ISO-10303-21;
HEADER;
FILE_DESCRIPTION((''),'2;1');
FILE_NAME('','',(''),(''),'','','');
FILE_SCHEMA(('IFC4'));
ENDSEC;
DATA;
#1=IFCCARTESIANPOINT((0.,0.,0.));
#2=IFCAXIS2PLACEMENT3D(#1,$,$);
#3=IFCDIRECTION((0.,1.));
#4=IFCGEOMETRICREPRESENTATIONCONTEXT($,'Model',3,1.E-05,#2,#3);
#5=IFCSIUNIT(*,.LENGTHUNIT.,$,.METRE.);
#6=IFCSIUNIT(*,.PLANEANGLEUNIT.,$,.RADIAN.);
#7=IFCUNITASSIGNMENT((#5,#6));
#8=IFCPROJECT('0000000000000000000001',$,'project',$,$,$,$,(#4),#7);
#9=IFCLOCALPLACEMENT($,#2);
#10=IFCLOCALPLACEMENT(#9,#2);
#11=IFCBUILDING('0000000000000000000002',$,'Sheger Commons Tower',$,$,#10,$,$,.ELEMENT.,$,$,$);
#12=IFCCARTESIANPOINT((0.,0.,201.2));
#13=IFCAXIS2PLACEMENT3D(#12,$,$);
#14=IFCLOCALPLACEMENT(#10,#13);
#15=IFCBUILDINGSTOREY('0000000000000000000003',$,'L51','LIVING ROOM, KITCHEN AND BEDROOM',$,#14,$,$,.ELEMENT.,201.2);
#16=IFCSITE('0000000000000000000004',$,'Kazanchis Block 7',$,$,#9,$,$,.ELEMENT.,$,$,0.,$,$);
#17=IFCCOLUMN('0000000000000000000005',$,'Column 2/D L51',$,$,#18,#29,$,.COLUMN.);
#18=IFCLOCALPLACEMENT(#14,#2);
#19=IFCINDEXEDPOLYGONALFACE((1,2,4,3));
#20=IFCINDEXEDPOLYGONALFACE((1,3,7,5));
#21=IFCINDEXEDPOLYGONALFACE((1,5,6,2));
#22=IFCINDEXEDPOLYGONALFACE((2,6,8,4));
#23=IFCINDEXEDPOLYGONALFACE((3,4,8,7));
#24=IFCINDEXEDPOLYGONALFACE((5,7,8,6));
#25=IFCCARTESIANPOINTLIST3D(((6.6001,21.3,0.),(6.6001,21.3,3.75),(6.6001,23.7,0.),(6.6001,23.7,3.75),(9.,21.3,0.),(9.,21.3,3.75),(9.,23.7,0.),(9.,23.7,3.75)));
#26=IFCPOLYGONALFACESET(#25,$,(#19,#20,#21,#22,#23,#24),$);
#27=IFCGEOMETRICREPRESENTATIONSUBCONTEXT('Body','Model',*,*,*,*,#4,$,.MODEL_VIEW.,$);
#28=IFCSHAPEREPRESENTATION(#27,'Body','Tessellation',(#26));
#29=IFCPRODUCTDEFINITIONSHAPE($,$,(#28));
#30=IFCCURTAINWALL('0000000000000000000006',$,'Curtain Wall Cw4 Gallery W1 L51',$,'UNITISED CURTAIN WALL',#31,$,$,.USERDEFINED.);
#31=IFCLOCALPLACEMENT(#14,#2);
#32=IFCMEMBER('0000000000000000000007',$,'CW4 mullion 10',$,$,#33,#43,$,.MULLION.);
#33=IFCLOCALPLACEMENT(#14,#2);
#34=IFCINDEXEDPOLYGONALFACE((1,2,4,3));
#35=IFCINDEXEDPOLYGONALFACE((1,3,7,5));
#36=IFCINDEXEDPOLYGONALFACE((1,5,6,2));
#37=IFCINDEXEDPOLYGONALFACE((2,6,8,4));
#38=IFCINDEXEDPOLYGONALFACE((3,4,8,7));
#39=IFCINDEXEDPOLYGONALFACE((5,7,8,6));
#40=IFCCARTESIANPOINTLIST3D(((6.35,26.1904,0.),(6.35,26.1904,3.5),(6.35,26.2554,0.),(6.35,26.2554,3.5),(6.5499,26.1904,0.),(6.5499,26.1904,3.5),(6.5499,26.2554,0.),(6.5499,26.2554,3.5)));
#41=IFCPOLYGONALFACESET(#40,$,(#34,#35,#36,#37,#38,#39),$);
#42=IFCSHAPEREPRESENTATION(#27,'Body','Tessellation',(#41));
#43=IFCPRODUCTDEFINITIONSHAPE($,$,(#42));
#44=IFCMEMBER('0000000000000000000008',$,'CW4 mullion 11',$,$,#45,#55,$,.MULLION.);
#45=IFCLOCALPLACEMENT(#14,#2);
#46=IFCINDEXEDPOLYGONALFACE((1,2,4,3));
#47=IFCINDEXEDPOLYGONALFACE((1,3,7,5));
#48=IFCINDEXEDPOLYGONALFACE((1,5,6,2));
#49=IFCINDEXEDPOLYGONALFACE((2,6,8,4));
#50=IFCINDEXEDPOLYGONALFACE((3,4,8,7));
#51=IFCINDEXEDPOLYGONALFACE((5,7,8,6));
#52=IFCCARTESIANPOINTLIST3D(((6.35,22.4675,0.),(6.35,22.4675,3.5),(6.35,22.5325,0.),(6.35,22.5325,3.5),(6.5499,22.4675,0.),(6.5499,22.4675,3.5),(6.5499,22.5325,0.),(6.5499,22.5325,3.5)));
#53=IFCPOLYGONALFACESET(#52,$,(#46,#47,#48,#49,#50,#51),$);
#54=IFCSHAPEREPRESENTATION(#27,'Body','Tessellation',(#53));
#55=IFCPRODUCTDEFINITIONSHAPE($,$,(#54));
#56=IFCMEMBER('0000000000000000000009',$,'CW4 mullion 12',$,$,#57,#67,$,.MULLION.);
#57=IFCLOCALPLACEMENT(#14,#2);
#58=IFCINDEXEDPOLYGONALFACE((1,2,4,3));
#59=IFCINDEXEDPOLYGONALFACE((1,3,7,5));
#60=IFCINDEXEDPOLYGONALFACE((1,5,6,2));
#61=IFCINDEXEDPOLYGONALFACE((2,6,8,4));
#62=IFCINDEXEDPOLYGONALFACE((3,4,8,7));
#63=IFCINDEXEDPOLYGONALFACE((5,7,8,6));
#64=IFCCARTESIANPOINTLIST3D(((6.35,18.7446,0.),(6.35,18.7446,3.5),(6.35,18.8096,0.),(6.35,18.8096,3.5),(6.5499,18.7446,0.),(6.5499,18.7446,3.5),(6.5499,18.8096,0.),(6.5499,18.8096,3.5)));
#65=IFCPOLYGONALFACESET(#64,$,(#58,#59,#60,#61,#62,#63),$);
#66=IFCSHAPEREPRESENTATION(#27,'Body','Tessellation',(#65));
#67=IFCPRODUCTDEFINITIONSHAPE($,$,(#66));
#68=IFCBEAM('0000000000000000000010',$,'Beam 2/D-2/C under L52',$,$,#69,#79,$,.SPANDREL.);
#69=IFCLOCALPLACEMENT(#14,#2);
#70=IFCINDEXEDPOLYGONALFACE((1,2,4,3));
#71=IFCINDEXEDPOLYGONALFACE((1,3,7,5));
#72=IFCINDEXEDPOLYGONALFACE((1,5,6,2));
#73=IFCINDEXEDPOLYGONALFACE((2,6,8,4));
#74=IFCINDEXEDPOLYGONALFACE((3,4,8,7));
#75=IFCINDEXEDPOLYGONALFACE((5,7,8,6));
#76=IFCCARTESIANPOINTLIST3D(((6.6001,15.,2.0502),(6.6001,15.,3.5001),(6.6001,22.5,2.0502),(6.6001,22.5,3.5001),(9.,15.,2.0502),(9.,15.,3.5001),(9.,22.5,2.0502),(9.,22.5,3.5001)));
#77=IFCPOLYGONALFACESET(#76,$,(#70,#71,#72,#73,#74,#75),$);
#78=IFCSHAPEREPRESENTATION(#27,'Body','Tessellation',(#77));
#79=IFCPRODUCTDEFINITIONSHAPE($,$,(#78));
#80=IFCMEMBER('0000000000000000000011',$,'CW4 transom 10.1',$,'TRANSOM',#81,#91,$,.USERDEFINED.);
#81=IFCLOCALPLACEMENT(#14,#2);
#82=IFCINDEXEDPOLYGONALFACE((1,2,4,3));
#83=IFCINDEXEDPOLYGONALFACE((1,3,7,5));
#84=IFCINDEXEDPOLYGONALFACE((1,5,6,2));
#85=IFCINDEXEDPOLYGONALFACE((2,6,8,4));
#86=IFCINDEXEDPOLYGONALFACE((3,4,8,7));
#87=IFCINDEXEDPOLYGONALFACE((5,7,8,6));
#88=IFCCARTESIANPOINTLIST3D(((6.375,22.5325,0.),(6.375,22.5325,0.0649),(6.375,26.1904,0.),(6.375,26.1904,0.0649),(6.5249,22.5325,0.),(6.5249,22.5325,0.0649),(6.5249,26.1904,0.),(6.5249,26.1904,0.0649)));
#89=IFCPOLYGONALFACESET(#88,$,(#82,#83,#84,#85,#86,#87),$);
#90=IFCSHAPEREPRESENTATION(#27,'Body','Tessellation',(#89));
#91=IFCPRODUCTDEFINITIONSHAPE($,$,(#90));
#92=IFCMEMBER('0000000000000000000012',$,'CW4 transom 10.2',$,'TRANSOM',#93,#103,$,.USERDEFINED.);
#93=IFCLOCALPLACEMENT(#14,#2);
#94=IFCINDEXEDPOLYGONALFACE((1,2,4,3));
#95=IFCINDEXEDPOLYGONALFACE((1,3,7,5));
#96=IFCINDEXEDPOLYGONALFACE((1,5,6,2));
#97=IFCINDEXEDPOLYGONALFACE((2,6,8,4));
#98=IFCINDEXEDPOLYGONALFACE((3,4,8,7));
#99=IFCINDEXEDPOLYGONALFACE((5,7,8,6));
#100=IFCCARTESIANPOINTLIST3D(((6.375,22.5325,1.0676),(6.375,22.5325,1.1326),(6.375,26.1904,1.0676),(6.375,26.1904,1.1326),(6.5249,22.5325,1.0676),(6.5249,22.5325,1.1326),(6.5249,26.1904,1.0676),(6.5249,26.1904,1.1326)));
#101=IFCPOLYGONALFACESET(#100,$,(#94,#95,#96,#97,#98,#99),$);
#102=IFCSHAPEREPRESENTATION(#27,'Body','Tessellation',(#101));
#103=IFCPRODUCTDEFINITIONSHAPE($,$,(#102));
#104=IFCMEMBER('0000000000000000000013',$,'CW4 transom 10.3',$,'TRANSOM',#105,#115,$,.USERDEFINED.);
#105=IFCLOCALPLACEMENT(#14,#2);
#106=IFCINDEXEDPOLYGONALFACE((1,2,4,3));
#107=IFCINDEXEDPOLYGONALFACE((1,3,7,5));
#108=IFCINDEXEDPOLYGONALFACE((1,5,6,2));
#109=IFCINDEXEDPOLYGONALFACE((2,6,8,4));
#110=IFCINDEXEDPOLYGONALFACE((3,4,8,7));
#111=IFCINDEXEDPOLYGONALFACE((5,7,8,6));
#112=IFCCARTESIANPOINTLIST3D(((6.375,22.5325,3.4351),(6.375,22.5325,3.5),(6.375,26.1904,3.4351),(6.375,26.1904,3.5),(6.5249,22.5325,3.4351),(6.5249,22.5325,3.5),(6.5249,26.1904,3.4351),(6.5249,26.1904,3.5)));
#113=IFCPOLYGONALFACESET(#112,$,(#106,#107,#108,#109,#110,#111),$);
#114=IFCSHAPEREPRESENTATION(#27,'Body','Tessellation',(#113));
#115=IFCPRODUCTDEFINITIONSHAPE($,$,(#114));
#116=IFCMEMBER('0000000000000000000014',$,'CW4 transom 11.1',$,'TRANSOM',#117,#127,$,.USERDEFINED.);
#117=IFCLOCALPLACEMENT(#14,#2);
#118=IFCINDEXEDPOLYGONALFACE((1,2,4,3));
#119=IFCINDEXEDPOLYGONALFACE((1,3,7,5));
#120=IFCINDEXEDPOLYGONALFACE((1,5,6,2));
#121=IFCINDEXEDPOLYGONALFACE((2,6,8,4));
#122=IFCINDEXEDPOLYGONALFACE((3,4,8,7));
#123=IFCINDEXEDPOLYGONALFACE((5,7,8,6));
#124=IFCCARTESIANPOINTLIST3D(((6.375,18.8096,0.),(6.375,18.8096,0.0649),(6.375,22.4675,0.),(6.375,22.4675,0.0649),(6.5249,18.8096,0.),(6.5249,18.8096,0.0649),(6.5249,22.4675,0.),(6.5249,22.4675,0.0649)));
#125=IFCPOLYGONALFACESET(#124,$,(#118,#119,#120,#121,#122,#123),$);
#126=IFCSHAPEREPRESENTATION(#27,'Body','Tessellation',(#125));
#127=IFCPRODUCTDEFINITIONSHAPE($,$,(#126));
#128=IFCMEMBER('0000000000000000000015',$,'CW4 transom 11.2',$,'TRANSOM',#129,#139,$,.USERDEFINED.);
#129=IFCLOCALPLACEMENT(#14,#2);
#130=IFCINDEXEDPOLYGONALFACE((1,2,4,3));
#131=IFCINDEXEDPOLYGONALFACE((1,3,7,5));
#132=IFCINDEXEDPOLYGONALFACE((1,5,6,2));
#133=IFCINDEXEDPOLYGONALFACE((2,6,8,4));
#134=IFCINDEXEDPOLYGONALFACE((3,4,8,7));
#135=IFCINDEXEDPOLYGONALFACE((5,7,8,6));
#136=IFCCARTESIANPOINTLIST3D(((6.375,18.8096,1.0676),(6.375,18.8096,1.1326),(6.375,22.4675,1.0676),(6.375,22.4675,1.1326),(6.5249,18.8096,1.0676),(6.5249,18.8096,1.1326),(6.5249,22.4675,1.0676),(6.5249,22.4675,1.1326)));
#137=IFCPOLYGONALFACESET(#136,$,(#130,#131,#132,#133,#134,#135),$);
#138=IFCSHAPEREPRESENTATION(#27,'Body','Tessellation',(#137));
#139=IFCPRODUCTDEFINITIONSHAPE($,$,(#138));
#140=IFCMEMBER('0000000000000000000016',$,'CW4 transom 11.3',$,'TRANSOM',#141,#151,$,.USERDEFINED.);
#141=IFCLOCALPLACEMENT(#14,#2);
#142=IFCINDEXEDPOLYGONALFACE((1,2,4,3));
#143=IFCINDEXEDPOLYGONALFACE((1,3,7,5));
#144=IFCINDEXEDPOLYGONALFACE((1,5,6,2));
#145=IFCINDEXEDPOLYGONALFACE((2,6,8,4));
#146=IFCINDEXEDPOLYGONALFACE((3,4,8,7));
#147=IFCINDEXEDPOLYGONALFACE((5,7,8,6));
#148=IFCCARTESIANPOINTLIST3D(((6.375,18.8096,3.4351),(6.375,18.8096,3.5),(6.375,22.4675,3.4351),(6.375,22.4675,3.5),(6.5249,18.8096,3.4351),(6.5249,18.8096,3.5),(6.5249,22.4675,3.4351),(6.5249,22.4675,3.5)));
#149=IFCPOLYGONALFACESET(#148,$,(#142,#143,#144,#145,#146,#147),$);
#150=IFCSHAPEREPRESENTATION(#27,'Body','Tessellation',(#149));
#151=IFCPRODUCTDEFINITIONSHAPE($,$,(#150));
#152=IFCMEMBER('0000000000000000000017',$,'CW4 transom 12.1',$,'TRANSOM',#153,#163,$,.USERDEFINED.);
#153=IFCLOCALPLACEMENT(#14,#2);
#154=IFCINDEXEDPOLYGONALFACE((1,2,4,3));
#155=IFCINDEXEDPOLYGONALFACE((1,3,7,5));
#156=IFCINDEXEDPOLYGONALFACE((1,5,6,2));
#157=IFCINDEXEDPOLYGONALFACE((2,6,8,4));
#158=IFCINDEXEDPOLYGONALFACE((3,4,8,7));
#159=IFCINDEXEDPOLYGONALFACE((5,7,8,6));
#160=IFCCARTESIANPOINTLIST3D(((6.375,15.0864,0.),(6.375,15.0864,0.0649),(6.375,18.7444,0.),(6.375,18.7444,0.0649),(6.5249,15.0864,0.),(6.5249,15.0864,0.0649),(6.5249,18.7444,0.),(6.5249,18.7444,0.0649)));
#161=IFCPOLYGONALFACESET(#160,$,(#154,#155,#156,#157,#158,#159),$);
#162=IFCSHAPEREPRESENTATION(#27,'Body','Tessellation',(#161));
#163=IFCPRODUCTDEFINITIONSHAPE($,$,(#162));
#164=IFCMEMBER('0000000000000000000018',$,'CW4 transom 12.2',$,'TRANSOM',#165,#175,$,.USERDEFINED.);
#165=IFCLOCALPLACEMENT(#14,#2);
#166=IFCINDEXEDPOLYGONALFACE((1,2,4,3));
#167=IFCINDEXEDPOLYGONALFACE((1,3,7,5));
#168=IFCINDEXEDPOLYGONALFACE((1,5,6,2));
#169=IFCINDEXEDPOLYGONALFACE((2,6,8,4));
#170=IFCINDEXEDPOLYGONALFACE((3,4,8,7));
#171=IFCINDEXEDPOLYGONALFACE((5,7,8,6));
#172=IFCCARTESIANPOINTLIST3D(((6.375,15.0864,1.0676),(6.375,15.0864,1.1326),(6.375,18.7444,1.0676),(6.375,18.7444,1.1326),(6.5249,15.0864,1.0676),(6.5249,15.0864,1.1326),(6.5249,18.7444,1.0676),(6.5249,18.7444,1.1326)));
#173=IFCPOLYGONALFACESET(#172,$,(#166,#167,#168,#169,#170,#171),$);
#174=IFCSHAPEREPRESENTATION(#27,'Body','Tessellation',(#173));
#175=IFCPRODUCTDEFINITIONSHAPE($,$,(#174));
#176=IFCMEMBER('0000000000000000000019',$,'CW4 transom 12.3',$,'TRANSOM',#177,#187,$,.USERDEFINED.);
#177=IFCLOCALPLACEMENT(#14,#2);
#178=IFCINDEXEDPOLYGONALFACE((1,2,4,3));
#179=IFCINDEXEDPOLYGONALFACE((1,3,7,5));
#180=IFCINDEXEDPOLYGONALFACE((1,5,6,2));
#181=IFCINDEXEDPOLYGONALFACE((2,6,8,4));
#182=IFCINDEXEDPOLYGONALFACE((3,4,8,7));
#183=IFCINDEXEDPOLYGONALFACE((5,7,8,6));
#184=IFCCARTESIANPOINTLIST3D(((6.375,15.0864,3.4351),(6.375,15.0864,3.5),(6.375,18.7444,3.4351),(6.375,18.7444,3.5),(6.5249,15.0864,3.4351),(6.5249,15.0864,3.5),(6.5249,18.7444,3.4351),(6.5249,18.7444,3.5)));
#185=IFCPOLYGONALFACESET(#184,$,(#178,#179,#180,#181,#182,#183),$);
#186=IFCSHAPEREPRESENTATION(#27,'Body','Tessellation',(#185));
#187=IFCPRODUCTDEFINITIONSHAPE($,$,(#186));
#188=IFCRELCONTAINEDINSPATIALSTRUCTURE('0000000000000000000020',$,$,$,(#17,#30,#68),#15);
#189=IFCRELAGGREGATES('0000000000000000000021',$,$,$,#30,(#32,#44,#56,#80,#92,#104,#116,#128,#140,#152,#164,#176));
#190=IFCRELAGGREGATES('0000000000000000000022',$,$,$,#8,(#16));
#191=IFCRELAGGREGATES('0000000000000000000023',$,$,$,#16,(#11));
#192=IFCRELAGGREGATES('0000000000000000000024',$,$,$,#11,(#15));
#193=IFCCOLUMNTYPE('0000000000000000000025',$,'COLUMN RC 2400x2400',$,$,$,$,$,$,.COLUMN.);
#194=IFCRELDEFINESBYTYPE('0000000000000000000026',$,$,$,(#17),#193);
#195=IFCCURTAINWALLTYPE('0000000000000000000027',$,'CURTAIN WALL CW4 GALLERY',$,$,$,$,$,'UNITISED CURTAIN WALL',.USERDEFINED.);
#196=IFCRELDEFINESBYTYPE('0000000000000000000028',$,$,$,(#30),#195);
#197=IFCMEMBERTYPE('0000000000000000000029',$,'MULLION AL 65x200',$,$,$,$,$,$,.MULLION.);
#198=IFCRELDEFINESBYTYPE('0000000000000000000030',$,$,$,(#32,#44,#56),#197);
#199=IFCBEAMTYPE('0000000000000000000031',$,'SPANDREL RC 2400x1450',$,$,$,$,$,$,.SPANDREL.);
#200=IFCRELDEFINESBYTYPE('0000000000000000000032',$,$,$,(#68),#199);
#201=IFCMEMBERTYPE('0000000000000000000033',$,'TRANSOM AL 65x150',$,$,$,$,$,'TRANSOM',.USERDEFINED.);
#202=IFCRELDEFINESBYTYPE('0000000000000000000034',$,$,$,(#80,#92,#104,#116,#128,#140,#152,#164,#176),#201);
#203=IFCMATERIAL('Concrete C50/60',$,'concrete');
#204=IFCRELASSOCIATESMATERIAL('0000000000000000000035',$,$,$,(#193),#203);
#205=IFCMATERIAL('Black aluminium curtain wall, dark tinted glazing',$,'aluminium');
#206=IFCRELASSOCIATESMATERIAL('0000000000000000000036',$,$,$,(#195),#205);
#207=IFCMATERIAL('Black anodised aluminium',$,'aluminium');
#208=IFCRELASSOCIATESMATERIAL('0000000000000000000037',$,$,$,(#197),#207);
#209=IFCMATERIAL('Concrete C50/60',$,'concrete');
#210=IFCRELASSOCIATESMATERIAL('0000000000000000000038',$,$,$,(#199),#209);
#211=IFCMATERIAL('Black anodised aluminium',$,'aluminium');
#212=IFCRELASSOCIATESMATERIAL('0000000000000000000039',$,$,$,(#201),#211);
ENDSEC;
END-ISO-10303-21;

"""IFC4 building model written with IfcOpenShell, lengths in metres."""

from ifc_helpers import new_model, si_unit, direction, frame, origin, origin_2d, place, context, subcontext, project, spatial, rectangle, extrude, material, material_profile, profile_set, type_object, element, aggregate, save


model = new_model("IFC4")

# Units and contexts
model_context = context("Model", 3, precision=1e-05, world=origin(), true_north=direction((0.0, 1.0)))
body_context = subcontext(model_context, "Body", "Model", "MODEL_VIEW")
ifc_project = project(units=[si_unit("LENGTHUNIT", "METRE"), si_unit("PLANEANGLEUNIT", "RADIAN")], contexts=[model_context])

# Site, building, storey
site_placement = place(None, origin())
site = spatial("IfcSite", under=ifc_project, at=site_placement, Name="Kazanchis Block 7", CompositionType="ELEMENT", RefElevation=0.0)
building_placement = place(site_placement, origin())
building = spatial("IfcBuilding", under=site, at=building_placement, Name="Sheger Commons Tower", CompositionType="ELEMENT")
storey_placement = place(building_placement, frame((0.0, 0.0, 201.2)))
storey = spatial("IfcBuildingStorey", under=building, at=storey_placement, Name="L51", Description="LIVING ROOM, KITCHEN AND BEDROOM", CompositionType="ELEMENT", Elevation=201.2)

# Column
ifc_material_1 = material(Name="Concrete C50/60", Category="concrete")
ifc_material_profile_1 = material_profile(ifc_material_1, rectangle(XDim=2.3999, YDim=2.3999, at=origin_2d()), Name="RC 2400x2400")
ifc_profile_set_1 = profile_set([ifc_material_profile_1], Name="Concrete C50/60")
column_type = type_object("IfcColumnType", Name="COLUMN RC 2400x2400", PredefinedType="COLUMN", material=ifc_profile_set_1)
column_placement = place(storey_placement, frame((7.8, 22.5, 0.0), z_axis=(0.0, 0.0, 1.0), x_axis=(1.0, 0.0, 0.0)))
element("IfcColumn", 1, at=column_placement, inside=storey, type_object=column_type, Name="Column 2/D L51", PredefinedType="COLUMN", context=body_context, shape_type="SweptSolid", body=[
    extrude(rectangle(XDim=2.3999, YDim=2.3999, at=origin_2d()), origin(), (0.0, 0.0, 1.0), 3.75),
])

# Curtain wall, members
ifc_material_2 = material(Name="Black aluminium curtain wall, dark tinted glazing", Category="aluminium")
curtain_wall_type = type_object("IfcCurtainWallType", Name="CURTAIN WALL CW4 GALLERY", ElementType="UNITISED CURTAIN WALL", PredefinedType="USERDEFINED", material=ifc_material_2)
curtain_wall_placement = place(storey_placement, origin())
curtain_wall = element("IfcCurtainWall", 2, at=curtain_wall_placement, inside=storey, type_object=curtain_wall_type, Name="Curtain Wall Cw4 Gallery W1 L51", ObjectType="UNITISED CURTAIN WALL", PredefinedType="USERDEFINED")
ifc_material_3 = material(Name="Black anodised aluminium", Category="aluminium")
ifc_material_profile_2 = material_profile(ifc_material_3, rectangle(XDim=0.2, YDim=0.0649, at=origin_2d()), Name="AL 65x200")
ifc_profile_set_2 = profile_set([ifc_material_profile_2], Name="Black anodised aluminium")
member_type_1 = type_object("IfcMemberType", Name="MULLION AL 65x200", PredefinedType="MULLION", material=ifc_profile_set_2)
member_1_placement = place(storey_placement, frame((6.45, 26.2229, 0.0), z_axis=(0.0, 0.0, 1.0), x_axis=(1.0, 0.0, 0.0)))
member_1 = element("IfcMember", 3, at=member_1_placement, type_object=member_type_1, Name="CW4 mullion 10", PredefinedType="MULLION", context=body_context, shape_type="SweptSolid", body=[
    extrude(rectangle(XDim=0.2, YDim=0.0649, at=origin_2d()), origin(), (0.0, 0.0, 1.0), 3.5),
])
member_2_placement = place(storey_placement, frame((6.45, 22.5, 0.0), z_axis=(0.0, 0.0, 1.0), x_axis=(1.0, 0.0, 0.0)))
member_2 = element("IfcMember", 4, at=member_2_placement, type_object=member_type_1, Name="CW4 mullion 11", PredefinedType="MULLION", context=body_context, shape_type="SweptSolid", body=[
    extrude(rectangle(XDim=0.2, YDim=0.0649, at=origin_2d()), origin(), (0.0, 0.0, 1.0), 3.5),
])
member_3_placement = place(storey_placement, frame((6.45, 18.7771, 0.0), z_axis=(0.0, 0.0, 1.0), x_axis=(1.0, 0.0, 0.0)))
member_3 = element("IfcMember", 5, at=member_3_placement, type_object=member_type_1, Name="CW4 mullion 12", PredefinedType="MULLION", context=body_context, shape_type="SweptSolid", body=[
    extrude(rectangle(XDim=0.2, YDim=0.0649, at=origin_2d()), origin(), (0.0, 0.0, 1.0), 3.5),
])

# Beam
ifc_material_4 = material(Name="Concrete C50/60", Category="concrete")
ifc_material_profile_3 = material_profile(ifc_material_4, rectangle(XDim=2.3999, YDim=1.45, at=origin_2d()), Name="RC 2400x1450")
ifc_profile_set_3 = profile_set([ifc_material_profile_3], Name="Concrete C50/60")
beam_type = type_object("IfcBeamType", Name="SPANDREL RC 2400x1450", PredefinedType="SPANDREL", material=ifc_profile_set_3)
beam_placement = place(storey_placement, frame((7.8, 22.5, 2.7751), z_axis=(0.0, -1.0, 0.0), x_axis=(1.0, 0.0, 0.0)))
element("IfcBeam", 6, at=beam_placement, inside=storey, type_object=beam_type, Name="Beam 2/D-2/C under L52", PredefinedType="SPANDREL", context=body_context, shape_type="SweptSolid", body=[
    extrude(rectangle(XDim=2.3999, YDim=1.45, at=origin_2d()), origin(), (0.0, 0.0, 1.0), 7.5),
])

# Members
ifc_material_5 = material(Name="Black anodised aluminium", Category="aluminium")
ifc_material_profile_4 = material_profile(ifc_material_5, rectangle(XDim=0.1499, YDim=0.0649, at=origin_2d()), Name="AL 65x150")
ifc_profile_set_4 = profile_set([ifc_material_profile_4], Name="Black anodised aluminium")
member_type_2 = type_object("IfcMemberType", Name="TRANSOM AL 65x150", ElementType="TRANSOM", PredefinedType="USERDEFINED", material=ifc_profile_set_4)
member_4_placement = place(storey_placement, frame((6.45, 26.1904, 0.0325), z_axis=(0.0, -1.0, 0.0), x_axis=(1.0, 0.0, 0.0)))
member_4 = element("IfcMember", 7, at=member_4_placement, type_object=member_type_2, Name="CW4 transom 10.1", ObjectType="TRANSOM", PredefinedType="USERDEFINED", context=body_context, shape_type="SweptSolid", body=[
    extrude(rectangle(XDim=0.1499, YDim=0.0649, at=origin_2d()), origin(), (0.0, 0.0, 1.0), 3.658),
])
member_5_placement = place(storey_placement, frame((6.45, 26.1904, 1.1001), z_axis=(0.0, -1.0, 0.0), x_axis=(1.0, 0.0, 0.0)))
member_5 = element("IfcMember", 8, at=member_5_placement, type_object=member_type_2, Name="CW4 transom 10.2", ObjectType="TRANSOM", PredefinedType="USERDEFINED", context=body_context, shape_type="SweptSolid", body=[
    extrude(rectangle(XDim=0.1499, YDim=0.0649, at=origin_2d()), origin(), (0.0, 0.0, 1.0), 3.658),
])
member_6_placement = place(storey_placement, frame((6.45, 26.1904, 3.4675), z_axis=(0.0, -1.0, 0.0), x_axis=(1.0, 0.0, 0.0)))
member_6 = element("IfcMember", 9, at=member_6_placement, type_object=member_type_2, Name="CW4 transom 10.3", ObjectType="TRANSOM", PredefinedType="USERDEFINED", context=body_context, shape_type="SweptSolid", body=[
    extrude(rectangle(XDim=0.1499, YDim=0.0649, at=origin_2d()), origin(), (0.0, 0.0, 1.0), 3.658),
])
member_7_placement = place(storey_placement, frame((6.45, 22.4675, 0.0325), z_axis=(0.0, -1.0, 0.0), x_axis=(1.0, 0.0, 0.0)))
member_7 = element("IfcMember", 10, at=member_7_placement, type_object=member_type_2, Name="CW4 transom 11.1", ObjectType="TRANSOM", PredefinedType="USERDEFINED", context=body_context, shape_type="SweptSolid", body=[
    extrude(rectangle(XDim=0.1499, YDim=0.0649, at=origin_2d()), origin(), (0.0, 0.0, 1.0), 3.658),
])
member_8_placement = place(storey_placement, frame((6.45, 22.4675, 1.1001), z_axis=(0.0, -1.0, 0.0), x_axis=(1.0, 0.0, 0.0)))
member_8 = element("IfcMember", 11, at=member_8_placement, type_object=member_type_2, Name="CW4 transom 11.2", ObjectType="TRANSOM", PredefinedType="USERDEFINED", context=body_context, shape_type="SweptSolid", body=[
    extrude(rectangle(XDim=0.1499, YDim=0.0649, at=origin_2d()), origin(), (0.0, 0.0, 1.0), 3.658),
])
member_9_placement = place(storey_placement, frame((6.45, 22.4675, 3.4675), z_axis=(0.0, -1.0, 0.0), x_axis=(1.0, 0.0, 0.0)))
member_9 = element("IfcMember", 12, at=member_9_placement, type_object=member_type_2, Name="CW4 transom 11.3", ObjectType="TRANSOM", PredefinedType="USERDEFINED", context=body_context, shape_type="SweptSolid", body=[
    extrude(rectangle(XDim=0.1499, YDim=0.0649, at=origin_2d()), origin(), (0.0, 0.0, 1.0), 3.658),
])
member_10_placement = place(storey_placement, frame((6.45, 18.7444, 0.0325), z_axis=(0.0, -1.0, 0.0), x_axis=(1.0, 0.0, 0.0)))
member_10 = element("IfcMember", 13, at=member_10_placement, type_object=member_type_2, Name="CW4 transom 12.1", ObjectType="TRANSOM", PredefinedType="USERDEFINED", context=body_context, shape_type="SweptSolid", body=[
    extrude(rectangle(XDim=0.1499, YDim=0.0649, at=origin_2d()), origin(), (0.0, 0.0, 1.0), 3.658),
])
member_11_placement = place(storey_placement, frame((6.45, 18.7444, 1.1001), z_axis=(0.0, -1.0, 0.0), x_axis=(1.0, 0.0, 0.0)))
member_11 = element("IfcMember", 14, at=member_11_placement, type_object=member_type_2, Name="CW4 transom 12.2", ObjectType="TRANSOM", PredefinedType="USERDEFINED", context=body_context, shape_type="SweptSolid", body=[
    extrude(rectangle(XDim=0.1499, YDim=0.0649, at=origin_2d()), origin(), (0.0, 0.0, 1.0), 3.658),
])
member_12_placement = place(storey_placement, frame((6.45, 18.7444, 3.4675), z_axis=(0.0, -1.0, 0.0), x_axis=(1.0, 0.0, 0.0)))
member_12 = element("IfcMember", 15, at=member_12_placement, type_object=member_type_2, Name="CW4 transom 12.3", ObjectType="TRANSOM", PredefinedType="USERDEFINED", context=body_context, shape_type="SweptSolid", body=[
    extrude(rectangle(XDim=0.1499, YDim=0.0649, at=origin_2d()), origin(), (0.0, 0.0, 1.0), 3.658),
])

aggregate(curtain_wall, [member_1, member_2, member_3, member_4, member_5, member_6, member_7, member_8, member_9, member_10, member_11, member_12])

save(model, "model.ifc")
